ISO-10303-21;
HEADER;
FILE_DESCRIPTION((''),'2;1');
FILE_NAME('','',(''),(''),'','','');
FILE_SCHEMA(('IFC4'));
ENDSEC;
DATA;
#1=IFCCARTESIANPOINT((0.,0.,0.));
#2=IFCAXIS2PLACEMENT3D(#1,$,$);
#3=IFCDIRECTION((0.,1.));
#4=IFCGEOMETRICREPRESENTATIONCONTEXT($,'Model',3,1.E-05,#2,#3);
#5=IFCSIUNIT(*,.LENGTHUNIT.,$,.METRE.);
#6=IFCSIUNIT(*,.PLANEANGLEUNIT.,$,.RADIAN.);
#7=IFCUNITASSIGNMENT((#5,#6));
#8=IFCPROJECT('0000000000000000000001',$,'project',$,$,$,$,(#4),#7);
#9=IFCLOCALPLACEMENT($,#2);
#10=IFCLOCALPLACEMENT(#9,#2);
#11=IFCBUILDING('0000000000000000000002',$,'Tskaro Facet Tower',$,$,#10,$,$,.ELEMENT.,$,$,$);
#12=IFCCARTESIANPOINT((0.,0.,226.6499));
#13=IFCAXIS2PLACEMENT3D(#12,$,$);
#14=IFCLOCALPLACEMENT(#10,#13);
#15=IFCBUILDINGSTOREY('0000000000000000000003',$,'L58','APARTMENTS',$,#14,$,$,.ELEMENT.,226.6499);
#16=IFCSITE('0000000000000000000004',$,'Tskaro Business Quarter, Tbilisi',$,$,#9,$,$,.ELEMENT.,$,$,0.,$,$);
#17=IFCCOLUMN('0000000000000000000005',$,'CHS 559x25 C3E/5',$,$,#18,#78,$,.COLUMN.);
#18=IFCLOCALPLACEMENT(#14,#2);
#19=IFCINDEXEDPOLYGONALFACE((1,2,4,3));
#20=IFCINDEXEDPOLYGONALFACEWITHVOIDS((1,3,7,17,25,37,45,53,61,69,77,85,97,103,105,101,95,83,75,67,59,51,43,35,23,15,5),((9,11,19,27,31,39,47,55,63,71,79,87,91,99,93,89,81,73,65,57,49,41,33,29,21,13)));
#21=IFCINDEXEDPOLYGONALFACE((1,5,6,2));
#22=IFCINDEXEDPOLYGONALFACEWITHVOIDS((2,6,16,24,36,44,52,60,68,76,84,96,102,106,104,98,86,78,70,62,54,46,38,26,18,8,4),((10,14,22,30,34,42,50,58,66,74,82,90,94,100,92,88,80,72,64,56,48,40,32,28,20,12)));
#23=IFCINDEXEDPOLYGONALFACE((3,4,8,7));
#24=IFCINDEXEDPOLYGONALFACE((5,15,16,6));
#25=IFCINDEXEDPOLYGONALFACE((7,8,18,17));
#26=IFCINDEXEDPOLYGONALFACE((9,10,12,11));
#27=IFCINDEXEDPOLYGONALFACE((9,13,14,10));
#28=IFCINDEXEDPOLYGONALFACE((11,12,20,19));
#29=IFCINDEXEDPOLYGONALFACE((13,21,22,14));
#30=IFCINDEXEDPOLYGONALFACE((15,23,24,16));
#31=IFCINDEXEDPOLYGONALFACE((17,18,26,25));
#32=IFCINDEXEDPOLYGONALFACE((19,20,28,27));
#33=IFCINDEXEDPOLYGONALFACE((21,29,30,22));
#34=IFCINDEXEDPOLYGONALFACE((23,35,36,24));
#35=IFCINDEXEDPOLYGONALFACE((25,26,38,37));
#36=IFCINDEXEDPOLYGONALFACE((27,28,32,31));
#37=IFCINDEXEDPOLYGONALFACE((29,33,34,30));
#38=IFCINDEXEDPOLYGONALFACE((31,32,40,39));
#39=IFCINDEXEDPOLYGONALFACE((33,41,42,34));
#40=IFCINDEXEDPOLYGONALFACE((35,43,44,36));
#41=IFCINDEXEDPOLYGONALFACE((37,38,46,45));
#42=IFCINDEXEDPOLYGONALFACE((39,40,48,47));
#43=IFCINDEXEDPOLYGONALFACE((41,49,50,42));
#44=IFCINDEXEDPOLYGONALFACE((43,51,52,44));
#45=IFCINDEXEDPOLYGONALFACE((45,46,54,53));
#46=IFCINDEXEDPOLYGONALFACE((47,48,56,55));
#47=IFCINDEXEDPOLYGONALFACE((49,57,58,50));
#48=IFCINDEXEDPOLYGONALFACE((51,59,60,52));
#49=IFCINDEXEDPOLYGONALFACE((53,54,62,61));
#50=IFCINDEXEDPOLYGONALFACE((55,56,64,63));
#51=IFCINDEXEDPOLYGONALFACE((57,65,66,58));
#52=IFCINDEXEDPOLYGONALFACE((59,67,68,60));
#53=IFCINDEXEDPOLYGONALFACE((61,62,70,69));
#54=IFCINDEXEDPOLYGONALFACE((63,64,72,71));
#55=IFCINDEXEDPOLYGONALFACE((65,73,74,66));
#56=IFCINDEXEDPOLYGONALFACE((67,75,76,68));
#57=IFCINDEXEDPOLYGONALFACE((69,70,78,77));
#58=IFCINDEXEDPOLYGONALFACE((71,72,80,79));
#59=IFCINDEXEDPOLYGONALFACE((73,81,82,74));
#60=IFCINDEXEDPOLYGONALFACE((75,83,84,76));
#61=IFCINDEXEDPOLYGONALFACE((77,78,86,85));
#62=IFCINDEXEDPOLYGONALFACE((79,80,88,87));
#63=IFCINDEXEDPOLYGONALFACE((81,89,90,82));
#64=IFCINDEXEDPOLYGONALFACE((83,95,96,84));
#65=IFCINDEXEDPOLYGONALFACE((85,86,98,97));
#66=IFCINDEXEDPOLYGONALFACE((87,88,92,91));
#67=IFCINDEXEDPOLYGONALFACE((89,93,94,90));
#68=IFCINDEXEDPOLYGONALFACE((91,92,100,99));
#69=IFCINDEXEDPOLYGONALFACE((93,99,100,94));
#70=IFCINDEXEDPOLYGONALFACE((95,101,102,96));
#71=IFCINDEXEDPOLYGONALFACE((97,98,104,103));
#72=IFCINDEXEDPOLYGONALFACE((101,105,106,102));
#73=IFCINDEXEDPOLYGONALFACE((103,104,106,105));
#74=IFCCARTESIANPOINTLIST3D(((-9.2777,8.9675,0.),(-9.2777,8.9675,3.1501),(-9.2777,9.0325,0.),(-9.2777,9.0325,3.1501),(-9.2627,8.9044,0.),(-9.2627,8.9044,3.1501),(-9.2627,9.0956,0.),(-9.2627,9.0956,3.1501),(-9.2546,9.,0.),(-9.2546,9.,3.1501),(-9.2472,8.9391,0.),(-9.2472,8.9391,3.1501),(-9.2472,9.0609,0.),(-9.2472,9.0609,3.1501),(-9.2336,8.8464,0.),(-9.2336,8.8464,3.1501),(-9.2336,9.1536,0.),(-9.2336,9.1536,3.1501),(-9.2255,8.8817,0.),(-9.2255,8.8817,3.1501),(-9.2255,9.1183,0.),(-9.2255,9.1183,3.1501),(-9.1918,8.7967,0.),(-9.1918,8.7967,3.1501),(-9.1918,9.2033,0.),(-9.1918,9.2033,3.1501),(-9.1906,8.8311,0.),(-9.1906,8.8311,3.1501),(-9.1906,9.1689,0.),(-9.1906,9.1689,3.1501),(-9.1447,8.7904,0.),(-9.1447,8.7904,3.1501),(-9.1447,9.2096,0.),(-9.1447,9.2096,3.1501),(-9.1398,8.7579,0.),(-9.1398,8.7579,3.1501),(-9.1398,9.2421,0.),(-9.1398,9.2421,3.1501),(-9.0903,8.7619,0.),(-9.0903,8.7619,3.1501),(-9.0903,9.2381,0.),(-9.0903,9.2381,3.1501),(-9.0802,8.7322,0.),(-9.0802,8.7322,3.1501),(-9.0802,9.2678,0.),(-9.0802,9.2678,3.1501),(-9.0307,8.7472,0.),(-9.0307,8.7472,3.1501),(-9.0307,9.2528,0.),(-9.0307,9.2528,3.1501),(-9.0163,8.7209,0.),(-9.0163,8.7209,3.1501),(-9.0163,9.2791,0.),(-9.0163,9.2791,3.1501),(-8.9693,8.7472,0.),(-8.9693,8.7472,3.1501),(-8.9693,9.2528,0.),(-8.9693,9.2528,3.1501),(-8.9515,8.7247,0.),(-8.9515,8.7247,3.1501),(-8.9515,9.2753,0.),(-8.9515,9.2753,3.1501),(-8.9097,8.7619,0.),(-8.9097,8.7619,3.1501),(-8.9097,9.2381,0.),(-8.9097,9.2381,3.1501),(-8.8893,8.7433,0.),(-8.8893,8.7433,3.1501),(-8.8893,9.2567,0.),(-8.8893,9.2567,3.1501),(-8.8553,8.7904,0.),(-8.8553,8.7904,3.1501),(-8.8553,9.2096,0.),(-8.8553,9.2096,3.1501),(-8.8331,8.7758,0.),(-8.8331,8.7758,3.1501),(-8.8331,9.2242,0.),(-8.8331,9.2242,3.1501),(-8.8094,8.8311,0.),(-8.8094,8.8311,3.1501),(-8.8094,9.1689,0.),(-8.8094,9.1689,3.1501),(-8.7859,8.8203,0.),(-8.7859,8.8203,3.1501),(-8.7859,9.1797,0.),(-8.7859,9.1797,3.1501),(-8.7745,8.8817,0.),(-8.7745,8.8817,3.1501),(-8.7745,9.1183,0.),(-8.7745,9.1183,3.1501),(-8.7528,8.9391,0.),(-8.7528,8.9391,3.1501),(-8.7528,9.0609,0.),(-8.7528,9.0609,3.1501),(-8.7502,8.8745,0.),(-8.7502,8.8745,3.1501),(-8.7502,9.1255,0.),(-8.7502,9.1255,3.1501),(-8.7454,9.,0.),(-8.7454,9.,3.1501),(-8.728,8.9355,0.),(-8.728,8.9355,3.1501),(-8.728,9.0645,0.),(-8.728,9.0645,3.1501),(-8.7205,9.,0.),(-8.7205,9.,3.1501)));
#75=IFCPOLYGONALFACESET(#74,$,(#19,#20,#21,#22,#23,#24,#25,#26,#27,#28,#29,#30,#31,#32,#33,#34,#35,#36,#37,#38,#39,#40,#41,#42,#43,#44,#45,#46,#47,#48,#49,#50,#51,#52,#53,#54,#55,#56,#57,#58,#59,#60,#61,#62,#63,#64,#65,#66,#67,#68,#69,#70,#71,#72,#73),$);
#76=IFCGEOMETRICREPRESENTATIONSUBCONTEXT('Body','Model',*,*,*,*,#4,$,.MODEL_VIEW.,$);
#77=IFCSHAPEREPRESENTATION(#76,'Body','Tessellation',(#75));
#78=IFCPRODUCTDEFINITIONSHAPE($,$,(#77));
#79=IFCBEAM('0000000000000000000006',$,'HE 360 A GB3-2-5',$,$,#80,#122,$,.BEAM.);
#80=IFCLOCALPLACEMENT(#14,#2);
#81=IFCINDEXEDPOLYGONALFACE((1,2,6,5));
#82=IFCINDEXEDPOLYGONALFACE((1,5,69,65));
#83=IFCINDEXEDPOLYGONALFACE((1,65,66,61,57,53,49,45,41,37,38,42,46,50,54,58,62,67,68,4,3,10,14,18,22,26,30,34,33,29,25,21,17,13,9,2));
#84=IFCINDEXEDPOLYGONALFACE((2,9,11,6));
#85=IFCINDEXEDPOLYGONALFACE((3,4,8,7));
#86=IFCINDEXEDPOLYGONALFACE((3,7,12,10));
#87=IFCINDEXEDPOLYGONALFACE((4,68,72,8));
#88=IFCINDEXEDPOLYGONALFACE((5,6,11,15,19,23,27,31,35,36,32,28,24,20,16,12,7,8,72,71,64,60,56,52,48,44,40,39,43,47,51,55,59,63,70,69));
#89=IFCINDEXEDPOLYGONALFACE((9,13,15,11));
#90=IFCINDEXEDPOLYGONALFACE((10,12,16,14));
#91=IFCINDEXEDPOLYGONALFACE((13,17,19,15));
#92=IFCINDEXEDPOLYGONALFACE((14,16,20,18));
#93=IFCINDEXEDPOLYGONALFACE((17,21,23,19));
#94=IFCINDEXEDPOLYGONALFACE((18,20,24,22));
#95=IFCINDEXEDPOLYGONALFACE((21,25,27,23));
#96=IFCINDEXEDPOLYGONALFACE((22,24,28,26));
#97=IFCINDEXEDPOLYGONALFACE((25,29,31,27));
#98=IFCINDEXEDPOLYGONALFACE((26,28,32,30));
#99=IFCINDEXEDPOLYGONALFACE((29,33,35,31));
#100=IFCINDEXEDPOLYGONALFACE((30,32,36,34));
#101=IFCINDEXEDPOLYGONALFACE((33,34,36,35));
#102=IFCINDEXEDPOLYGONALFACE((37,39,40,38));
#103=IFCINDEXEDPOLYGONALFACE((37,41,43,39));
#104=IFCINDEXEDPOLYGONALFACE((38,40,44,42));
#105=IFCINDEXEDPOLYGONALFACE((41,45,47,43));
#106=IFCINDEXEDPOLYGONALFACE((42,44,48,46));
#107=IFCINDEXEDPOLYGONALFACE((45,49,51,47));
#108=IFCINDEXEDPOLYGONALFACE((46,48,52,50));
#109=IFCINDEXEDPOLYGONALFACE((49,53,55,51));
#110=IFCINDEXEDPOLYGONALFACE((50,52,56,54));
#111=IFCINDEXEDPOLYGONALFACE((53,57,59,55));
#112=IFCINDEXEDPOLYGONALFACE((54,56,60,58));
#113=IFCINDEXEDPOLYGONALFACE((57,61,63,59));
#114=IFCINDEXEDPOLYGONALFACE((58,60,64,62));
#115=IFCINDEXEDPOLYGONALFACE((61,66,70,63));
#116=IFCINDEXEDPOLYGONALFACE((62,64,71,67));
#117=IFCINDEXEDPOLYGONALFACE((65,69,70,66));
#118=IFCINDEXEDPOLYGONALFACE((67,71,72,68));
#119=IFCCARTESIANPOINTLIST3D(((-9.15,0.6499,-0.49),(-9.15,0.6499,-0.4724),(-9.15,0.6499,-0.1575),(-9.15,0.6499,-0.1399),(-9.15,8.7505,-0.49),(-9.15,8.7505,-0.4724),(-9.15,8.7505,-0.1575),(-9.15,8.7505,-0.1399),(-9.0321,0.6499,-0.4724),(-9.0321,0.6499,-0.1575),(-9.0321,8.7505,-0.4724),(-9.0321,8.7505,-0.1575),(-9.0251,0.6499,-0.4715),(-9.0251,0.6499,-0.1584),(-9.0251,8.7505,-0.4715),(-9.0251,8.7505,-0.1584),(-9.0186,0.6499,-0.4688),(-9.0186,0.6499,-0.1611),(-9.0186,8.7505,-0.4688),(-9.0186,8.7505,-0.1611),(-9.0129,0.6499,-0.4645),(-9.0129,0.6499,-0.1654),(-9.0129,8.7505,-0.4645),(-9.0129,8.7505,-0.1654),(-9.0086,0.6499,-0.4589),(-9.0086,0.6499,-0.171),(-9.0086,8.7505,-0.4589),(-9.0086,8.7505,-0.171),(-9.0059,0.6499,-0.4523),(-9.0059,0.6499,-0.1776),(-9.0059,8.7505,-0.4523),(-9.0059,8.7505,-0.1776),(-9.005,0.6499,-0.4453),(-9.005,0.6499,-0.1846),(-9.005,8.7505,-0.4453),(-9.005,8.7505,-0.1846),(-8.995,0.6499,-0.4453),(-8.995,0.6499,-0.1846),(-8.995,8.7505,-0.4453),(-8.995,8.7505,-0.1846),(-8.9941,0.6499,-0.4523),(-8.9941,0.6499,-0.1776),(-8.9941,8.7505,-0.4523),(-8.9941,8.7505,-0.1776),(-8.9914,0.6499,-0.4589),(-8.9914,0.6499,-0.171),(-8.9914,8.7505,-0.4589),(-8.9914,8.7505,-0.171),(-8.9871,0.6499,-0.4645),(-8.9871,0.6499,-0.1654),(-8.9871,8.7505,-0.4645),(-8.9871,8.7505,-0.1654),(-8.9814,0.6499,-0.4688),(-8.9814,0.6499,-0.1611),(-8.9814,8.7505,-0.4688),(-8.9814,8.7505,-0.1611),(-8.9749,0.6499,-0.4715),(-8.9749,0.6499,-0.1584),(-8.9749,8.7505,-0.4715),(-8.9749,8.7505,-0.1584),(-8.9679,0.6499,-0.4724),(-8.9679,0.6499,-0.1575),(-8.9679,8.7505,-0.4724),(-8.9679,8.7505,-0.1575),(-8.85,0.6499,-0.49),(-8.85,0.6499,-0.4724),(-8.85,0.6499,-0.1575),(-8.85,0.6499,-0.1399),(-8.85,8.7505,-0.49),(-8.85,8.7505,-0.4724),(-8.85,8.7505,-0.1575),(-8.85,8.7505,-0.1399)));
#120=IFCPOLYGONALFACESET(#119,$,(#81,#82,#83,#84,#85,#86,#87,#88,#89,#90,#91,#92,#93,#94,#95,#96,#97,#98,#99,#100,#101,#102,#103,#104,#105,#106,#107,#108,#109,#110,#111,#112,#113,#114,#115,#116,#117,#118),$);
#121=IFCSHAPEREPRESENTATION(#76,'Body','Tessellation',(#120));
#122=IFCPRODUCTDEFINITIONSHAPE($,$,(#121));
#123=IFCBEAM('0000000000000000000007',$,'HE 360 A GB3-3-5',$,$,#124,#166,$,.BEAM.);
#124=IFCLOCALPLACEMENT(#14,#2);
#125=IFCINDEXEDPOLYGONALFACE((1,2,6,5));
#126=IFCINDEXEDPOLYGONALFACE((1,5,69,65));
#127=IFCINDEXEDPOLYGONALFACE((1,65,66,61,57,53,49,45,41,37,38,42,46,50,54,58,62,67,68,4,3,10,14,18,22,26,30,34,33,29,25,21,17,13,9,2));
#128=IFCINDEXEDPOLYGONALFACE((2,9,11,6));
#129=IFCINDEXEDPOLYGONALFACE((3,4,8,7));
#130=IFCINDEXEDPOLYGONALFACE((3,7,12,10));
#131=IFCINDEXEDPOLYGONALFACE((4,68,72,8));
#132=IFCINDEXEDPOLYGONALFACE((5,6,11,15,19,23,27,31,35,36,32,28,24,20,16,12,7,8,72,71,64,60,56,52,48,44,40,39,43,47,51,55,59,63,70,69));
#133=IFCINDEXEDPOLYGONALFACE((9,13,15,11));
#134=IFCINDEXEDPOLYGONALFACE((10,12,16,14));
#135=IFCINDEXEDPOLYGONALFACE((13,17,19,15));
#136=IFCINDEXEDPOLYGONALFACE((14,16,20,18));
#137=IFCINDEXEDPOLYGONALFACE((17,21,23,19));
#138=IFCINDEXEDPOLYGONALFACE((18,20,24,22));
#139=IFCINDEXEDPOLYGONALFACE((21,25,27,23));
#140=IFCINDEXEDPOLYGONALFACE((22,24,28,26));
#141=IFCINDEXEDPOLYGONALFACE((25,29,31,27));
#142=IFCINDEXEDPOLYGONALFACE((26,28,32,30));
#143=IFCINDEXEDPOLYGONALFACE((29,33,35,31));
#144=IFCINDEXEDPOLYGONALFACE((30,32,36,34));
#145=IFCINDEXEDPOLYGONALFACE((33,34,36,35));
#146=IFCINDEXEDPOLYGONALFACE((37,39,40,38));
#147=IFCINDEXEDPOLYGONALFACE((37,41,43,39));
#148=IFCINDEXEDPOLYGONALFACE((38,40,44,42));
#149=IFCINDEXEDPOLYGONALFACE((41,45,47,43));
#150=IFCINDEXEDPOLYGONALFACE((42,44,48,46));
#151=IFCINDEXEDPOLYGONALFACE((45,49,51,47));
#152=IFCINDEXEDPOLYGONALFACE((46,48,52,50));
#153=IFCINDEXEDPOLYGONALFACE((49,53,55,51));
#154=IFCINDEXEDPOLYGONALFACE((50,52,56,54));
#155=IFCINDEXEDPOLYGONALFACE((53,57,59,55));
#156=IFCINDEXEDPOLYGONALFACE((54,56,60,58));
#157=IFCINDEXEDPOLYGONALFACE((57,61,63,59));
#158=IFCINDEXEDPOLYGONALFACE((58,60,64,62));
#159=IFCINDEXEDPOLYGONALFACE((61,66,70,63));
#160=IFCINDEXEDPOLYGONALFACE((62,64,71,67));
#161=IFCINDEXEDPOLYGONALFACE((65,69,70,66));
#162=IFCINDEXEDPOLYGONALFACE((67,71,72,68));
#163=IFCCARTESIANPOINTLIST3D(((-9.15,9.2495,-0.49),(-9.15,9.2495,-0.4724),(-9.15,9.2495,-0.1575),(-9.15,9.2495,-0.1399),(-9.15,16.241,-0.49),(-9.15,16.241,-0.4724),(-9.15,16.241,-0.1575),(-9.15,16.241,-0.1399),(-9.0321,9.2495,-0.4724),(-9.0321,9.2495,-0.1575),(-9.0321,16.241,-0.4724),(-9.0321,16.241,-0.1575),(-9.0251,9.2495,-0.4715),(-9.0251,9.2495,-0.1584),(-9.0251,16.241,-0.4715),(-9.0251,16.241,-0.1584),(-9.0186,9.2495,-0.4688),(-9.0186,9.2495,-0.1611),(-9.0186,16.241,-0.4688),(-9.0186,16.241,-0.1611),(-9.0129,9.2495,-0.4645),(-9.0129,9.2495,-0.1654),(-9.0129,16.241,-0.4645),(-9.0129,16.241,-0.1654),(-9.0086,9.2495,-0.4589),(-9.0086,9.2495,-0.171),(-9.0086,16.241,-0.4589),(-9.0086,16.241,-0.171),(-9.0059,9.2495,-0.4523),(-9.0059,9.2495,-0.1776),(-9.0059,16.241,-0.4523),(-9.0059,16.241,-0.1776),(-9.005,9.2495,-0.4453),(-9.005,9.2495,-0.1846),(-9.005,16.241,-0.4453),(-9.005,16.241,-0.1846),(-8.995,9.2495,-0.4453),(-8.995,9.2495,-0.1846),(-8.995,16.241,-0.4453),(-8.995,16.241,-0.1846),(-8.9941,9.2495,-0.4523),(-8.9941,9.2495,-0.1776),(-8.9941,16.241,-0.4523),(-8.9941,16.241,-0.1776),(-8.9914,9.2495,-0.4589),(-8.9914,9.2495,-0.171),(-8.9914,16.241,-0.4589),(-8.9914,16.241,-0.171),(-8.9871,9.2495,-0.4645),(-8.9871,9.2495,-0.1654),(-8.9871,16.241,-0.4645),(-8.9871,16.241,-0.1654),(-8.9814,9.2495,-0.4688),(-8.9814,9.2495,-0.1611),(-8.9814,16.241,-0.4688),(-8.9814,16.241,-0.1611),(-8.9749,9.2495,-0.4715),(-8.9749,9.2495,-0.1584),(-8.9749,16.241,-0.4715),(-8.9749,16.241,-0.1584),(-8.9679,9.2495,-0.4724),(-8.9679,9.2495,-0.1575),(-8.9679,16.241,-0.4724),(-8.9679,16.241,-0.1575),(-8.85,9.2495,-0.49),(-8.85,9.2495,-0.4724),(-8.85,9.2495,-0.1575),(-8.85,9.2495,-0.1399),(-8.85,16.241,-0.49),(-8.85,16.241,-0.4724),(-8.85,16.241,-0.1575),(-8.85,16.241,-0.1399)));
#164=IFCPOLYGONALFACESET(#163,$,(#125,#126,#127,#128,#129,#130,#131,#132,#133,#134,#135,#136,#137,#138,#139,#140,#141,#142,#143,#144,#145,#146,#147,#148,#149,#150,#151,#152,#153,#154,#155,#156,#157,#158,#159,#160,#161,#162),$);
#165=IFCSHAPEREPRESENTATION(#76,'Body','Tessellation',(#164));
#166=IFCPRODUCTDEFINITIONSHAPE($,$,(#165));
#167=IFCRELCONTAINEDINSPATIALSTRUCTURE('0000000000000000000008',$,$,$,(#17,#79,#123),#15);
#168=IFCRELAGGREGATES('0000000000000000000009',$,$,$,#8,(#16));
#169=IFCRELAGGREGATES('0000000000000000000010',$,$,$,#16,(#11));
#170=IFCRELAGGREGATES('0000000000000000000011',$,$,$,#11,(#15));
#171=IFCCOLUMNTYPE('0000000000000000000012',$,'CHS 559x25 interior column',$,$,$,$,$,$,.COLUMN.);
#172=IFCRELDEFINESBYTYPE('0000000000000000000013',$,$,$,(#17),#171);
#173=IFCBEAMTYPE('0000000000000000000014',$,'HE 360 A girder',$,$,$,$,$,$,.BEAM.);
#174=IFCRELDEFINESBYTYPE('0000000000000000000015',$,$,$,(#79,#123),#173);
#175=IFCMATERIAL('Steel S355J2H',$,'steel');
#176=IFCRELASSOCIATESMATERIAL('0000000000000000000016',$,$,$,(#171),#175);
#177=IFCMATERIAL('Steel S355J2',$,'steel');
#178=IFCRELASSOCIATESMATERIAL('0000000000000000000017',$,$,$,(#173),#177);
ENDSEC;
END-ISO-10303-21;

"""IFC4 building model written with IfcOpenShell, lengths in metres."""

from ifc_helpers import new_model, si_unit, direction, frame, origin, origin_2d, place, context, subcontext, project, spatial, hollow_circle, i_section, extrude, material, material_profile, profile_set, type_object, element, save


model = new_model("IFC4")

# Units and contexts
model_context = context("Model", 3, precision=1e-05, world=origin(), true_north=direction((0.0, 1.0)))
body_context = subcontext(model_context, "Body", "Model", "MODEL_VIEW")
ifc_project = project(units=[si_unit("LENGTHUNIT", "METRE"), si_unit("PLANEANGLEUNIT", "RADIAN")], contexts=[model_context])

# Site, building, storey
site_placement = place(None, origin())
site = spatial("IfcSite", under=ifc_project, at=site_placement, Name="Tskaro Business Quarter, Tbilisi", CompositionType="ELEMENT", RefElevation=0.0)
building_placement = place(site_placement, origin())
building = spatial("IfcBuilding", under=site, at=building_placement, Name="Tskaro Facet Tower", CompositionType="ELEMENT")
storey_placement = place(building_placement, frame((0.0, 0.0, 226.6499)))
storey = spatial("IfcBuildingStorey", under=building, at=storey_placement, Name="L58", Description="APARTMENTS", CompositionType="ELEMENT", Elevation=226.6499)

# Column
ifc_material_1 = material(Name="Steel S355J2H", Category="steel")
ifc_material_profile_1 = material_profile(ifc_material_1, hollow_circle(Radius=0.2795, WallThickness=0.0249, at=origin_2d()), Name="CHS 559x25")
ifc_profile_set_1 = profile_set([ifc_material_profile_1], Name="Steel S355J2H")
column_type = type_object("IfcColumnType", Name="CHS 559x25 interior column", PredefinedType="COLUMN", material=ifc_profile_set_1)
column_placement = place(storey_placement, frame((-9.0, 9.0, 0.0), z_axis=(0.0, 0.0, 1.0), x_axis=(1.0, 0.0, 0.0)))
element("IfcColumn", 1, at=column_placement, inside=storey, type_object=column_type, Name="CHS 559x25 C3E/5", PredefinedType="COLUMN", context=body_context, shape_type="SweptSolid", body=[
    extrude(hollow_circle(Radius=0.2795, WallThickness=0.0249, at=origin_2d()), origin(), (0.0, 0.0, 1.0), 3.1501),
])

# Beams
ifc_material_2 = material(Name="Steel S355J2", Category="steel")
ifc_material_profile_2 = material_profile(ifc_material_2, i_section(OverallWidth=0.3, OverallDepth=0.3501, WebThickness=0.01, FlangeThickness=0.0176, FilletRadius=0.0271, at=origin_2d()), Name="HE 360 A")
ifc_profile_set_2 = profile_set([ifc_material_profile_2], Name="Steel S355J2")
beam_type_1 = type_object("IfcBeamType", Name="HE 360 A girder", PredefinedType="BEAM", material=ifc_profile_set_2)
beam_1_placement = place(storey_placement, frame((-9.0, 0.6499, -0.3149), z_axis=(0.0, 1.0, 0.0), x_axis=(-1.0, 0.0, 0.0)))
element("IfcBeam", 2, at=beam_1_placement, inside=storey, type_object=beam_type_1, Name="HE 360 A GB3-2-5", PredefinedType="BEAM", context=body_context, shape_type="SweptSolid", body=[
    extrude(i_section(OverallWidth=0.3, OverallDepth=0.3501, WebThickness=0.01, FlangeThickness=0.0176, FilletRadius=0.0271, at=origin_2d()), origin(), (0.0, 0.0, 1.0), 8.1006),
])
beam_2_placement = place(storey_placement, frame((-9.0, 9.2495, -0.3149), z_axis=(0.0, 1.0, 0.0), x_axis=(-1.0, 0.0, 0.0)))
element("IfcBeam", 3, at=beam_2_placement, inside=storey, type_object=beam_type_1, Name="HE 360 A GB3-3-5", PredefinedType="BEAM", context=body_context, shape_type="SweptSolid", body=[
    extrude(i_section(OverallWidth=0.3, OverallDepth=0.3501, WebThickness=0.01, FlangeThickness=0.0176, FilletRadius=0.0271, at=origin_2d()), origin(), (0.0, 0.0, 1.0), 6.9915),
])

save(model, "model.ifc")
